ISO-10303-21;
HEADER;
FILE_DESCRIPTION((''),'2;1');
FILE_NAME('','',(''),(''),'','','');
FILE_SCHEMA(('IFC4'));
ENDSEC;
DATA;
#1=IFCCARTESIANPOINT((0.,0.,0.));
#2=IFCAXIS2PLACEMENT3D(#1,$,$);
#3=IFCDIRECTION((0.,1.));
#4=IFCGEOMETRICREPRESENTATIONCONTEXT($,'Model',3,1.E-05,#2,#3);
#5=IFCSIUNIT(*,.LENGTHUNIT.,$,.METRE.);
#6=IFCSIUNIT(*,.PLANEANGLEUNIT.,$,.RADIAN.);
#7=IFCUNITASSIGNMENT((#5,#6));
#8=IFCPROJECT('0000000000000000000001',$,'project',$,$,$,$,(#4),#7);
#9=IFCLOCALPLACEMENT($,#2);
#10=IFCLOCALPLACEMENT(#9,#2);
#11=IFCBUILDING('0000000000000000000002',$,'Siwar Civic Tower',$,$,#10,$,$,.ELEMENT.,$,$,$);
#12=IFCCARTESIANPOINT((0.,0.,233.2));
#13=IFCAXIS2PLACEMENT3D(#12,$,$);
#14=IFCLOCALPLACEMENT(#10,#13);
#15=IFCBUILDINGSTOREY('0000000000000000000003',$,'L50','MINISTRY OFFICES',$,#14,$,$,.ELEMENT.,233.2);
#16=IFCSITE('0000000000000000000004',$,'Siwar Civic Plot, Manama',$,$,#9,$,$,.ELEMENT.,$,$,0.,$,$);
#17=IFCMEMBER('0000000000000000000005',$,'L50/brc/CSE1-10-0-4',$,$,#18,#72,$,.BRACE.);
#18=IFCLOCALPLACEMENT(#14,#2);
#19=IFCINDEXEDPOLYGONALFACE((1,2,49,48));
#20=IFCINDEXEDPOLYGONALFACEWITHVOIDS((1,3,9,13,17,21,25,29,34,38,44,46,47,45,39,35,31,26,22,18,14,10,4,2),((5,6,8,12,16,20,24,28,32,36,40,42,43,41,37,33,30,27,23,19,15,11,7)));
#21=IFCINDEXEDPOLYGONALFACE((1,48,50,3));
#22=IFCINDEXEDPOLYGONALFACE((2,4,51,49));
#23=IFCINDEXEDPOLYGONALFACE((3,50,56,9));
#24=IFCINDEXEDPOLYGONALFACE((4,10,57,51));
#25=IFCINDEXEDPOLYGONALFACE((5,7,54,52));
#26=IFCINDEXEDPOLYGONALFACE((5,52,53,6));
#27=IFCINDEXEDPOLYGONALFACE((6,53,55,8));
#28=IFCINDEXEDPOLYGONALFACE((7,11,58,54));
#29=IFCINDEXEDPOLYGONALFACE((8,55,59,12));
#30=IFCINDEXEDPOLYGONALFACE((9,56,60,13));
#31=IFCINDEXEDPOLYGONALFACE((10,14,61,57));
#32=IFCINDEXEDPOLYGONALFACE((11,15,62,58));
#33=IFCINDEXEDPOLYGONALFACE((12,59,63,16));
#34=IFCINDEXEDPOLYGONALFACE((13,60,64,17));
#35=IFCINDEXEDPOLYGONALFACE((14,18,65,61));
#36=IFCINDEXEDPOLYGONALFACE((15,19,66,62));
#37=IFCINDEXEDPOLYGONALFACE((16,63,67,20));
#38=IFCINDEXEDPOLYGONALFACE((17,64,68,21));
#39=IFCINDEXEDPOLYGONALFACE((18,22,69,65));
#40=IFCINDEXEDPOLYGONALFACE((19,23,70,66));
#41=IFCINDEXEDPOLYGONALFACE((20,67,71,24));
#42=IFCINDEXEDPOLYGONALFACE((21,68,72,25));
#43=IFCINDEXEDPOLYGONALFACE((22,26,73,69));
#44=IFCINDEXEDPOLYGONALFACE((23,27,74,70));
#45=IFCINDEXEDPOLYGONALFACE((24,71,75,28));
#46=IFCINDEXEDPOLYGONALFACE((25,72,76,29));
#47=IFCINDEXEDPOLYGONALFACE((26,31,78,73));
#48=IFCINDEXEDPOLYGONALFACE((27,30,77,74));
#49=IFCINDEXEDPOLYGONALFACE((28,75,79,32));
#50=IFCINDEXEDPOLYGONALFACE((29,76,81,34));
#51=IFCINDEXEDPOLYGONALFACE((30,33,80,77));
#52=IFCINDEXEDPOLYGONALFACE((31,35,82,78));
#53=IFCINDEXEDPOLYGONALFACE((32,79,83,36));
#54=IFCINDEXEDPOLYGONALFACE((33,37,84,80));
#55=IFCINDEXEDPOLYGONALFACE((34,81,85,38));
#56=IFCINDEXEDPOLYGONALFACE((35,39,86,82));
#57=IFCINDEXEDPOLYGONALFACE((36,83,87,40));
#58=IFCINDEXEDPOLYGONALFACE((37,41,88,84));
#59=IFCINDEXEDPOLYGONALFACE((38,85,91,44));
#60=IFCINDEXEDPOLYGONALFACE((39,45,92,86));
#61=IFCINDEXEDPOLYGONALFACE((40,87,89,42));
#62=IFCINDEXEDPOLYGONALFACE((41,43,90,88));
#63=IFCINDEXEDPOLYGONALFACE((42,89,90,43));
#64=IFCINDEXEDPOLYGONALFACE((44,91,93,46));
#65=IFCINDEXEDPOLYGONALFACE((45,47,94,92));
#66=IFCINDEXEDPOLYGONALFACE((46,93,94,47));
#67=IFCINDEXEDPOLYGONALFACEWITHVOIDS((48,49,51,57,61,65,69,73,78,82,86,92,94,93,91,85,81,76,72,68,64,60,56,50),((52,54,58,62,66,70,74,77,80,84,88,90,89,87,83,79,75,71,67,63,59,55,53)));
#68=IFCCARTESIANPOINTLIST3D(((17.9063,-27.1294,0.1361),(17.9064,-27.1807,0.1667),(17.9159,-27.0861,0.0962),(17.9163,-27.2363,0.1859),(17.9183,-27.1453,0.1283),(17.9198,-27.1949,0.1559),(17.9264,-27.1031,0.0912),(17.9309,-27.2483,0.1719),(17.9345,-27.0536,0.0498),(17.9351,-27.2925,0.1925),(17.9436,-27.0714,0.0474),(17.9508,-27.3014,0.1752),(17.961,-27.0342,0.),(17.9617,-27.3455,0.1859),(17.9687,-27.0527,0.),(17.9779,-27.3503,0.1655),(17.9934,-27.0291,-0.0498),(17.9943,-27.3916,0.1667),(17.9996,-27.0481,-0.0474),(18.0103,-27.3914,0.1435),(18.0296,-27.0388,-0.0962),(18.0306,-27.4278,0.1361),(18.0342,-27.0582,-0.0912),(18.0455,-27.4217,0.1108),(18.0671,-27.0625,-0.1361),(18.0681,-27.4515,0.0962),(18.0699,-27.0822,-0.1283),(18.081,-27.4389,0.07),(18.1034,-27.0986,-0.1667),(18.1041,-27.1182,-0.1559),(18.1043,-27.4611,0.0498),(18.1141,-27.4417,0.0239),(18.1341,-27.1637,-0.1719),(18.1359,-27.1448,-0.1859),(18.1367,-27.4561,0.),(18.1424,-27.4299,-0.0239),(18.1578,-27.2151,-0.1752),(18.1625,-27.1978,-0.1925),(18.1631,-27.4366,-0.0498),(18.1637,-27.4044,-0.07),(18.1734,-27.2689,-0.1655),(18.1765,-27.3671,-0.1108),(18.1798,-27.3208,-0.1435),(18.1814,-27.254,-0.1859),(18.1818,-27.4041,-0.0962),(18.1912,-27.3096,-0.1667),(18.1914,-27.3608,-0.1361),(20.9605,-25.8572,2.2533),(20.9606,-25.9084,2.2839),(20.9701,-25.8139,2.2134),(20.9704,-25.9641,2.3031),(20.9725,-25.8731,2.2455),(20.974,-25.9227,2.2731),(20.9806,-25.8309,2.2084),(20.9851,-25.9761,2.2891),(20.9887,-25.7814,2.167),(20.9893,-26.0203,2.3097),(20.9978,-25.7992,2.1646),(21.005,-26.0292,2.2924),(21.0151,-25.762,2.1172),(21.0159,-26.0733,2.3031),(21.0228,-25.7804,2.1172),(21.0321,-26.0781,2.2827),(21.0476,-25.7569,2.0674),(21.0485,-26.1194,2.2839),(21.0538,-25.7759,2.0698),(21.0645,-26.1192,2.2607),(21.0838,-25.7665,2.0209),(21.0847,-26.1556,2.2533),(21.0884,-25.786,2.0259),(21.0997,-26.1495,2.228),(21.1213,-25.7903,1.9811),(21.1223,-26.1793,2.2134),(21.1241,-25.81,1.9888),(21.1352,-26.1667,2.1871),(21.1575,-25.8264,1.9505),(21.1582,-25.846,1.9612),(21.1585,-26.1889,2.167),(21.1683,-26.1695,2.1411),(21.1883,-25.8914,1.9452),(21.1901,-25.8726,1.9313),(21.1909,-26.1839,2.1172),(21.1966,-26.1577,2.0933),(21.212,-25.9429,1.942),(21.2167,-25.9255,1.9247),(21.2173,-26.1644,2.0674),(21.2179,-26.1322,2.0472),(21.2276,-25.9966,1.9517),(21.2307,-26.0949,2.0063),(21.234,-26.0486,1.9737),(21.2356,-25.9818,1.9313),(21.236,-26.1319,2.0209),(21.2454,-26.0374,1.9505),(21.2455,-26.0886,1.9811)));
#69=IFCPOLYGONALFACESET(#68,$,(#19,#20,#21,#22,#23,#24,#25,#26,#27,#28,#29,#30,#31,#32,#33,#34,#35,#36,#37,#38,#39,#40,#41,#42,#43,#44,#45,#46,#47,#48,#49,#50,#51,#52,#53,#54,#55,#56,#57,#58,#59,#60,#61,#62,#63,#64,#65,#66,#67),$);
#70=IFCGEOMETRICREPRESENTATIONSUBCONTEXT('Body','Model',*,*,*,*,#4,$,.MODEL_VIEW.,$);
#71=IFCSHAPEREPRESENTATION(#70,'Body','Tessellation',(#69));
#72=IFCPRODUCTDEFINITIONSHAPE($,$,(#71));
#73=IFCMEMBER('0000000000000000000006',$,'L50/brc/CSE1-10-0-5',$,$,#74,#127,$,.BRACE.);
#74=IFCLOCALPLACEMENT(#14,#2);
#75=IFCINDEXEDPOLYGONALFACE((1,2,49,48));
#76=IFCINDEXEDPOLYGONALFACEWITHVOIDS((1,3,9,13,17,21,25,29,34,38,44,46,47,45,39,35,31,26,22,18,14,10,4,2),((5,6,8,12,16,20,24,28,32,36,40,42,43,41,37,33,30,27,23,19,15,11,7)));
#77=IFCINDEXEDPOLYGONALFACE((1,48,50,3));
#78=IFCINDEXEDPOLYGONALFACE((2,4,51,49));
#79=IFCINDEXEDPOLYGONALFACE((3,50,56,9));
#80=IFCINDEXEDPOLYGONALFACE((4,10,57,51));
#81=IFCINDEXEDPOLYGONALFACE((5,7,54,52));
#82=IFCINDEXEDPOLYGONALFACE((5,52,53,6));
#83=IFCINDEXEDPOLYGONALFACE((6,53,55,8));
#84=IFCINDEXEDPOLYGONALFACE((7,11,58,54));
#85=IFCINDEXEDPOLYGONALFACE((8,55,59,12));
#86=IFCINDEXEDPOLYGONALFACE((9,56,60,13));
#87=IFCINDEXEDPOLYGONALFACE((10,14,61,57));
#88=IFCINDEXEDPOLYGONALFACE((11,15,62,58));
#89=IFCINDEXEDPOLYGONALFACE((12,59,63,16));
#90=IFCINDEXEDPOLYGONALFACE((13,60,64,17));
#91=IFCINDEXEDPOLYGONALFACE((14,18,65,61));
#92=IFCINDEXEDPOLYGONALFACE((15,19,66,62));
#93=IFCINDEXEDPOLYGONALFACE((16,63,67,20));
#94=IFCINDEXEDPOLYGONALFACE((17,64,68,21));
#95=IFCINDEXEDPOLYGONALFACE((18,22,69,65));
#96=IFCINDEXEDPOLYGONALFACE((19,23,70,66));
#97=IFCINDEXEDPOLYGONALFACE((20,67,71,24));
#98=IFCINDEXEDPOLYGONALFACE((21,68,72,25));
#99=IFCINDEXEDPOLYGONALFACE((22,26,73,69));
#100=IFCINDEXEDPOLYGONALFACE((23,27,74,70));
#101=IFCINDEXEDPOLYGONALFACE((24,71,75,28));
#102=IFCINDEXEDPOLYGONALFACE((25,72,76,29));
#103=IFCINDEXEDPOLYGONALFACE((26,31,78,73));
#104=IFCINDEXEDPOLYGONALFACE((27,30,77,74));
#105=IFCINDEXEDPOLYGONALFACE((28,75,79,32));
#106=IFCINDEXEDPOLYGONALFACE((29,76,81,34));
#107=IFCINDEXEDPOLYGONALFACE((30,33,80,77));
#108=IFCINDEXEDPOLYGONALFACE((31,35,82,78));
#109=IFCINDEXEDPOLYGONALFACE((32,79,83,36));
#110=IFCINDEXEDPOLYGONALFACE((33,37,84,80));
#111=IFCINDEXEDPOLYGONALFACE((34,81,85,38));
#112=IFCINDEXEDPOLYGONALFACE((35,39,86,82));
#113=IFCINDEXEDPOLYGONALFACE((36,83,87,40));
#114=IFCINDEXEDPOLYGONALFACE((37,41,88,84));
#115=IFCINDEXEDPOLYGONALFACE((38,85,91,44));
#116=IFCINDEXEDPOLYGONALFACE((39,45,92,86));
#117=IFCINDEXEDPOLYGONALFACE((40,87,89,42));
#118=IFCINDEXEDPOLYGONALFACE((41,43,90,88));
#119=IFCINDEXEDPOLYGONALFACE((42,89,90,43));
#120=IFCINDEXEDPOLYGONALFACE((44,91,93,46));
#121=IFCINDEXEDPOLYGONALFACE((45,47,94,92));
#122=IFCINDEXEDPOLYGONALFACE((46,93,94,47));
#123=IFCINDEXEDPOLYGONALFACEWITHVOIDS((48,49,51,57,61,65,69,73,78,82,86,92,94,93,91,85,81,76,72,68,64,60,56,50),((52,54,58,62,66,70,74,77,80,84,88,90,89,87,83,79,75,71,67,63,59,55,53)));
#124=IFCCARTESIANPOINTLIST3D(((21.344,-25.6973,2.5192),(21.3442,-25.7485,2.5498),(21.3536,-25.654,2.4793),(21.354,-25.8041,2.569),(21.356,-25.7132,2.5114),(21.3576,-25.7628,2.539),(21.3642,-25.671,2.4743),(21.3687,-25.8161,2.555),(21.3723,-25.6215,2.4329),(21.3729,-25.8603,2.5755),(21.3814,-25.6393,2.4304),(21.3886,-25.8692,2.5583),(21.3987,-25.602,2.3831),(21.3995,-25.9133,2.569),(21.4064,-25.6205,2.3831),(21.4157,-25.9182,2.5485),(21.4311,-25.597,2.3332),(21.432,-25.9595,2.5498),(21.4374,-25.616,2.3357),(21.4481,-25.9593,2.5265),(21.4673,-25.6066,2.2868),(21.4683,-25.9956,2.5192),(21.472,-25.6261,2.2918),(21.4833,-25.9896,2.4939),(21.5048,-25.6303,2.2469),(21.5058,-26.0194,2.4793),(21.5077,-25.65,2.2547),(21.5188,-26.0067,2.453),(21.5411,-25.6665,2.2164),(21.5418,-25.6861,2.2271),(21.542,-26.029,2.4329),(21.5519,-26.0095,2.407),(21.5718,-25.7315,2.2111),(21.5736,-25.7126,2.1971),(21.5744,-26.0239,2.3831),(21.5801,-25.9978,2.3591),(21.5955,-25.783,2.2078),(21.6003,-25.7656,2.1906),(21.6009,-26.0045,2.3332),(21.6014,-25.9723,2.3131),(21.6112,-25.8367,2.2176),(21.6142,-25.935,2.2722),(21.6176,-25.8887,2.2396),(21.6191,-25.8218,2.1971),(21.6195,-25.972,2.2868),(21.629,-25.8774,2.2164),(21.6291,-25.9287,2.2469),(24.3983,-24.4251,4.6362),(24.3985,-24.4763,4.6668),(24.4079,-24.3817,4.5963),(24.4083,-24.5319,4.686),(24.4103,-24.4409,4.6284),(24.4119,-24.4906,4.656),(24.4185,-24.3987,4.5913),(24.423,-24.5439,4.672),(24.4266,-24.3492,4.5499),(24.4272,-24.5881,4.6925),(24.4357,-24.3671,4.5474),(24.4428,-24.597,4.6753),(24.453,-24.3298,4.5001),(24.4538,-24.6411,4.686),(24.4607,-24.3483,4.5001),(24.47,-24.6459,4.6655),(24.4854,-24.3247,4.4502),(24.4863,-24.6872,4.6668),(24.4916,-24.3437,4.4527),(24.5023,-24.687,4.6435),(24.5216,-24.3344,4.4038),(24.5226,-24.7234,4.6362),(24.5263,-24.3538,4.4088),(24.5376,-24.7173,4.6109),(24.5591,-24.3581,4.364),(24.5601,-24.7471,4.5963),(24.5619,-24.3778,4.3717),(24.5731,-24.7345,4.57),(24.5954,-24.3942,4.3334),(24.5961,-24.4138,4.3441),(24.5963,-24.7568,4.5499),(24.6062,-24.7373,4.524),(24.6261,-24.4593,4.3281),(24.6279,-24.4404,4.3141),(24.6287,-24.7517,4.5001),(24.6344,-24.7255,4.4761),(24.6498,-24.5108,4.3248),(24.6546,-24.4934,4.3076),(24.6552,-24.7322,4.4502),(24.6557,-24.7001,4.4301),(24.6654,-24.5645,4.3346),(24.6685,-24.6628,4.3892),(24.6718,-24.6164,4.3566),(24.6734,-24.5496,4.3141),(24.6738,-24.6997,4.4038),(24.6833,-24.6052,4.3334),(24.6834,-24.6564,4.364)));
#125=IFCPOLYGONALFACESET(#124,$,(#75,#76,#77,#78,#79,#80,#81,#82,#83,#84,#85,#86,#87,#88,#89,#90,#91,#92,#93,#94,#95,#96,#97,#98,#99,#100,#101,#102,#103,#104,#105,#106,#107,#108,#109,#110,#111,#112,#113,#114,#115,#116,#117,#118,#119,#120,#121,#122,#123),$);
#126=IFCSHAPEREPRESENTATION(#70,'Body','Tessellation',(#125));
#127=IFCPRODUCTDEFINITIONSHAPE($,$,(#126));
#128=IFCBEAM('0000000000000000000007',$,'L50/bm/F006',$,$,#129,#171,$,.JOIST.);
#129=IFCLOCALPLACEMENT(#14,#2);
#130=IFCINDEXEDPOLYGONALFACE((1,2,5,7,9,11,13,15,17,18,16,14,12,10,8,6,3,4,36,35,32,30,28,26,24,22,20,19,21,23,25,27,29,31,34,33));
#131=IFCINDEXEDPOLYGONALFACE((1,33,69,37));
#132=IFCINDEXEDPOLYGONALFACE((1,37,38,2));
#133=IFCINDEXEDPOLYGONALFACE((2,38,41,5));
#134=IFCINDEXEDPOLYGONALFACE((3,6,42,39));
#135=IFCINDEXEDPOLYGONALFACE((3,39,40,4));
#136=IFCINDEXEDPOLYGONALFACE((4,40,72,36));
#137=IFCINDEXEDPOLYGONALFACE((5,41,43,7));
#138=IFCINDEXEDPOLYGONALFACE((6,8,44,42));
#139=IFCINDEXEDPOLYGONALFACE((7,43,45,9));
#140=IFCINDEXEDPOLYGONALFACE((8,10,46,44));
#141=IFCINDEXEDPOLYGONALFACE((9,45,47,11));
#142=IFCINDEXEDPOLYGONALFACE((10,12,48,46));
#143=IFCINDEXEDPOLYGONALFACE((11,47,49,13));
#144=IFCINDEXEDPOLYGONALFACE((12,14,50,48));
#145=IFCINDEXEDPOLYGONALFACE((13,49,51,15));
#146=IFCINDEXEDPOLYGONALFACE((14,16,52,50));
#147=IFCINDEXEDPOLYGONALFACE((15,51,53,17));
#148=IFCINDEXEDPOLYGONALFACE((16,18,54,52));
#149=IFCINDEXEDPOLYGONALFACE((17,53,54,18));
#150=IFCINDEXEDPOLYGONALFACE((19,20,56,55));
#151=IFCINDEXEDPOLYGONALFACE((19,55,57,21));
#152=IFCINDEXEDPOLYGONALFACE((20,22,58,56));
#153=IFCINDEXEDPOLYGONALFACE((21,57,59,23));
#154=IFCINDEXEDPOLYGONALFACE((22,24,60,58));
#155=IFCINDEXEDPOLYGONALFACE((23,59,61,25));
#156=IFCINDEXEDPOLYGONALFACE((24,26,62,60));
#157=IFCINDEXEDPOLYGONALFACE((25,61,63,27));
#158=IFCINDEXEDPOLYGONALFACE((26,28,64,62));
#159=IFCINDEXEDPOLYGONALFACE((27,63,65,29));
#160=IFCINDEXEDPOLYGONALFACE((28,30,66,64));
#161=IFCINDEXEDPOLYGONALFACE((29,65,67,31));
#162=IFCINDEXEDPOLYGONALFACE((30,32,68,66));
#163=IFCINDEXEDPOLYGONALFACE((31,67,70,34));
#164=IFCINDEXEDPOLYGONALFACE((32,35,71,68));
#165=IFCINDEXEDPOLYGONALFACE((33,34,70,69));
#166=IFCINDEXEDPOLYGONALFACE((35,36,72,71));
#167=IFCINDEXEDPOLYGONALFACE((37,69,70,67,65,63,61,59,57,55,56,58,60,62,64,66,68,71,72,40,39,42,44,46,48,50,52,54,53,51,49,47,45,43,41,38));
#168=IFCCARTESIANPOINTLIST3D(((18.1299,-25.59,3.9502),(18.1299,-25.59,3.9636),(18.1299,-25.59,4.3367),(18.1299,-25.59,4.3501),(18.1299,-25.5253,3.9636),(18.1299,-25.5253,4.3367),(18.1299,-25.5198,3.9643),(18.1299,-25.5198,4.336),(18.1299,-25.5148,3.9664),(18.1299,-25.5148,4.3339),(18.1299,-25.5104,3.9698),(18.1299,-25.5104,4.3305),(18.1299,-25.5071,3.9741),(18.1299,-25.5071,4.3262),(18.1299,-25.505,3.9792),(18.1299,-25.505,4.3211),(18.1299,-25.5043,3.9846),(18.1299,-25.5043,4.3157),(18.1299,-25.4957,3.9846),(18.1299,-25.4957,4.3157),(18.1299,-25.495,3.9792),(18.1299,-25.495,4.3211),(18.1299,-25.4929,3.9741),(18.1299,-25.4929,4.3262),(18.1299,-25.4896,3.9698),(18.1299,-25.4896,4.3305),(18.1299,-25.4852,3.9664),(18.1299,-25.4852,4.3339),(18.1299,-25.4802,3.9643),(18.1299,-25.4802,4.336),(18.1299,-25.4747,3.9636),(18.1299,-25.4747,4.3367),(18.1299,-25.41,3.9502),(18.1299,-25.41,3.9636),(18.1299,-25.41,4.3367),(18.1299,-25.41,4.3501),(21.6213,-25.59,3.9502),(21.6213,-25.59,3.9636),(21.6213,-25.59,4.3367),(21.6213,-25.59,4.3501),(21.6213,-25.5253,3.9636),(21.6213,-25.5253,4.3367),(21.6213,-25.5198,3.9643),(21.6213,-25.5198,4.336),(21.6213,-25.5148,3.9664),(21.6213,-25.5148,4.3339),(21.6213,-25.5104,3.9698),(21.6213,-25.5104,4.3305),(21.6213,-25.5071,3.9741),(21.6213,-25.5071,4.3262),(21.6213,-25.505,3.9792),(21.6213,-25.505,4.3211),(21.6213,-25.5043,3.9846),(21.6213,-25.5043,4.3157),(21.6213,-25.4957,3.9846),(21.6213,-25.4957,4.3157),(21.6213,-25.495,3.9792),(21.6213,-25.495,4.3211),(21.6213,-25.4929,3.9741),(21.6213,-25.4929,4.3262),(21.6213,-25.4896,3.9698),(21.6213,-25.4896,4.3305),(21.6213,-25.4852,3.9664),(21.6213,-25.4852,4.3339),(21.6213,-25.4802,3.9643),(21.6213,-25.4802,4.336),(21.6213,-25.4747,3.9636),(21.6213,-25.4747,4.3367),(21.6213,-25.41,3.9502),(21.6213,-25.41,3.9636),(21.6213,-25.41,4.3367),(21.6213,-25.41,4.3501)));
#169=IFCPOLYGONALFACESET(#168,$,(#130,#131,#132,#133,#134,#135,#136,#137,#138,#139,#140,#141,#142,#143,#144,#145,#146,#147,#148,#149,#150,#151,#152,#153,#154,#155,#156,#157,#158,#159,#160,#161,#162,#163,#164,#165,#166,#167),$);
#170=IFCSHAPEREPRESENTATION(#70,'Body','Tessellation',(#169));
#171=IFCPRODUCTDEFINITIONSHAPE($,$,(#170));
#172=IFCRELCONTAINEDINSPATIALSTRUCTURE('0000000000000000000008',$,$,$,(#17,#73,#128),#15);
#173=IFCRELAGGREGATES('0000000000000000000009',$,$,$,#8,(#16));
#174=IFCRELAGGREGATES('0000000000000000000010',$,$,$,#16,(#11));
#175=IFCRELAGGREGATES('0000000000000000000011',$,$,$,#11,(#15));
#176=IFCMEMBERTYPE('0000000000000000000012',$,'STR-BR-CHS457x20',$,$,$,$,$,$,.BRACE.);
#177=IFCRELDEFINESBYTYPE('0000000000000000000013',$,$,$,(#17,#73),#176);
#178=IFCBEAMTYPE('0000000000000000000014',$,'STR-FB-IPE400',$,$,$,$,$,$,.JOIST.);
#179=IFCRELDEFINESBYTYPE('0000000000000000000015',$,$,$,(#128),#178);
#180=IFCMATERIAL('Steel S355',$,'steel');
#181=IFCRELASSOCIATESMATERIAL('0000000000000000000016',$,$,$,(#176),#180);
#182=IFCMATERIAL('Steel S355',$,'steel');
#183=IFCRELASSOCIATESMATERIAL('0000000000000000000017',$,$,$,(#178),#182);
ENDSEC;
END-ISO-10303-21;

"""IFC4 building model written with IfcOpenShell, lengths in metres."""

from ifc_helpers import new_model, si_unit, direction, frame, origin, origin_2d, place, context, subcontext, project, spatial, hollow_circle, i_section, extrude, material, material_profile, profile_set, type_object, element, save


model = new_model("IFC4")

# Units and contexts
model_context = context("Model", 3, precision=1e-05, world=origin(), true_north=direction((0.0, 1.0)))
body_context = subcontext(model_context, "Body", "Model", "MODEL_VIEW")
ifc_project = project(units=[si_unit("LENGTHUNIT", "METRE"), si_unit("PLANEANGLEUNIT", "RADIAN")], contexts=[model_context])

# Site, building, storey
site_placement = place(None, origin())
site = spatial("IfcSite", under=ifc_project, at=site_placement, Name="Siwar Civic Plot, Manama", CompositionType="ELEMENT", RefElevation=0.0)
building_placement = place(site_placement, origin())
building = spatial("IfcBuilding", under=site, at=building_placement, Name="Siwar Civic Tower", CompositionType="ELEMENT")
storey_placement = place(building_placement, frame((0.0, 0.0, 233.2)))
storey = spatial("IfcBuildingStorey", under=building, at=storey_placement, Name="L50", Description="MINISTRY OFFICES", CompositionType="ELEMENT", Elevation=233.2)

# Members
ifc_material_1 = material(Name="Steel S355", Category="steel")
ifc_material_profile_1 = material_profile(ifc_material_1, hollow_circle(Radius=0.2285, WallThickness=0.02, at=origin_2d()), Name="CHS457x20")
ifc_profile_set_1 = profile_set([ifc_material_profile_1], Name="Steel S355")
member_type_1 = type_object("IfcMemberType", Name="STR-BR-CHS457x20", PredefinedType="BRACE", material=ifc_profile_set_1)
for number, where, z_axis, x_axis, name in (
    (1, (18.0488, -27.2451, 0.0), (0.777546, 0.323884, 0.538999), (-0.384521, 0.923116, 0.0), "L50/brc/CSE1-10-0-4"),
    (2, (21.4866, -25.813, 2.3831), (0.777572, 0.323895, 0.538955), (-0.384521, 0.923116, 0.0), "L50/brc/CSE1-10-0-5"),
):
    element("IfcMember", number, at=place(storey_placement, frame(where, z_axis=z_axis, x_axis=x_axis)), inside=storey, type_object=member_type_1, Name=name, PredefinedType="BRACE", context=body_context, shape_type="SweptSolid", body=[
        extrude(hollow_circle(Radius=0.2285, WallThickness=0.02, at=origin_2d()), origin(), (0.0, 0.0, 1.0), 3.928),
    ])

# Beam
ifc_material_2 = material(Name="Steel S355", Category="steel")
ifc_material_profile_2 = material_profile(ifc_material_2, i_section(OverallWidth=0.1799, OverallDepth=0.3999, WebThickness=0.0085, FlangeThickness=0.0134, FilletRadius=0.021, at=origin_2d()), Name="IPE400")
ifc_profile_set_2 = profile_set([ifc_material_profile_2], Name="Steel S355")
beam_type_1 = type_object("IfcBeamType", Name="STR-FB-IPE400", PredefinedType="JOIST", material=ifc_profile_set_2)
beam_1_placement = place(storey_placement, frame((18.1299, -25.5, 4.1501), z_axis=(1.0, 0.0, 0.0), x_axis=(0.0, 1.0, 0.0)))
element("IfcBeam", 3, at=beam_1_placement, inside=storey, type_object=beam_type_1, Name="L50/bm/F006", PredefinedType="JOIST", context=body_context, shape_type="SweptSolid", body=[
    extrude(i_section(OverallWidth=0.1799, OverallDepth=0.3999, WebThickness=0.0085, FlangeThickness=0.0134, FilletRadius=0.021, at=origin_2d()), origin(), (0.0, 0.0, 1.0), 3.4915),
])

save(model, "model.ifc")
